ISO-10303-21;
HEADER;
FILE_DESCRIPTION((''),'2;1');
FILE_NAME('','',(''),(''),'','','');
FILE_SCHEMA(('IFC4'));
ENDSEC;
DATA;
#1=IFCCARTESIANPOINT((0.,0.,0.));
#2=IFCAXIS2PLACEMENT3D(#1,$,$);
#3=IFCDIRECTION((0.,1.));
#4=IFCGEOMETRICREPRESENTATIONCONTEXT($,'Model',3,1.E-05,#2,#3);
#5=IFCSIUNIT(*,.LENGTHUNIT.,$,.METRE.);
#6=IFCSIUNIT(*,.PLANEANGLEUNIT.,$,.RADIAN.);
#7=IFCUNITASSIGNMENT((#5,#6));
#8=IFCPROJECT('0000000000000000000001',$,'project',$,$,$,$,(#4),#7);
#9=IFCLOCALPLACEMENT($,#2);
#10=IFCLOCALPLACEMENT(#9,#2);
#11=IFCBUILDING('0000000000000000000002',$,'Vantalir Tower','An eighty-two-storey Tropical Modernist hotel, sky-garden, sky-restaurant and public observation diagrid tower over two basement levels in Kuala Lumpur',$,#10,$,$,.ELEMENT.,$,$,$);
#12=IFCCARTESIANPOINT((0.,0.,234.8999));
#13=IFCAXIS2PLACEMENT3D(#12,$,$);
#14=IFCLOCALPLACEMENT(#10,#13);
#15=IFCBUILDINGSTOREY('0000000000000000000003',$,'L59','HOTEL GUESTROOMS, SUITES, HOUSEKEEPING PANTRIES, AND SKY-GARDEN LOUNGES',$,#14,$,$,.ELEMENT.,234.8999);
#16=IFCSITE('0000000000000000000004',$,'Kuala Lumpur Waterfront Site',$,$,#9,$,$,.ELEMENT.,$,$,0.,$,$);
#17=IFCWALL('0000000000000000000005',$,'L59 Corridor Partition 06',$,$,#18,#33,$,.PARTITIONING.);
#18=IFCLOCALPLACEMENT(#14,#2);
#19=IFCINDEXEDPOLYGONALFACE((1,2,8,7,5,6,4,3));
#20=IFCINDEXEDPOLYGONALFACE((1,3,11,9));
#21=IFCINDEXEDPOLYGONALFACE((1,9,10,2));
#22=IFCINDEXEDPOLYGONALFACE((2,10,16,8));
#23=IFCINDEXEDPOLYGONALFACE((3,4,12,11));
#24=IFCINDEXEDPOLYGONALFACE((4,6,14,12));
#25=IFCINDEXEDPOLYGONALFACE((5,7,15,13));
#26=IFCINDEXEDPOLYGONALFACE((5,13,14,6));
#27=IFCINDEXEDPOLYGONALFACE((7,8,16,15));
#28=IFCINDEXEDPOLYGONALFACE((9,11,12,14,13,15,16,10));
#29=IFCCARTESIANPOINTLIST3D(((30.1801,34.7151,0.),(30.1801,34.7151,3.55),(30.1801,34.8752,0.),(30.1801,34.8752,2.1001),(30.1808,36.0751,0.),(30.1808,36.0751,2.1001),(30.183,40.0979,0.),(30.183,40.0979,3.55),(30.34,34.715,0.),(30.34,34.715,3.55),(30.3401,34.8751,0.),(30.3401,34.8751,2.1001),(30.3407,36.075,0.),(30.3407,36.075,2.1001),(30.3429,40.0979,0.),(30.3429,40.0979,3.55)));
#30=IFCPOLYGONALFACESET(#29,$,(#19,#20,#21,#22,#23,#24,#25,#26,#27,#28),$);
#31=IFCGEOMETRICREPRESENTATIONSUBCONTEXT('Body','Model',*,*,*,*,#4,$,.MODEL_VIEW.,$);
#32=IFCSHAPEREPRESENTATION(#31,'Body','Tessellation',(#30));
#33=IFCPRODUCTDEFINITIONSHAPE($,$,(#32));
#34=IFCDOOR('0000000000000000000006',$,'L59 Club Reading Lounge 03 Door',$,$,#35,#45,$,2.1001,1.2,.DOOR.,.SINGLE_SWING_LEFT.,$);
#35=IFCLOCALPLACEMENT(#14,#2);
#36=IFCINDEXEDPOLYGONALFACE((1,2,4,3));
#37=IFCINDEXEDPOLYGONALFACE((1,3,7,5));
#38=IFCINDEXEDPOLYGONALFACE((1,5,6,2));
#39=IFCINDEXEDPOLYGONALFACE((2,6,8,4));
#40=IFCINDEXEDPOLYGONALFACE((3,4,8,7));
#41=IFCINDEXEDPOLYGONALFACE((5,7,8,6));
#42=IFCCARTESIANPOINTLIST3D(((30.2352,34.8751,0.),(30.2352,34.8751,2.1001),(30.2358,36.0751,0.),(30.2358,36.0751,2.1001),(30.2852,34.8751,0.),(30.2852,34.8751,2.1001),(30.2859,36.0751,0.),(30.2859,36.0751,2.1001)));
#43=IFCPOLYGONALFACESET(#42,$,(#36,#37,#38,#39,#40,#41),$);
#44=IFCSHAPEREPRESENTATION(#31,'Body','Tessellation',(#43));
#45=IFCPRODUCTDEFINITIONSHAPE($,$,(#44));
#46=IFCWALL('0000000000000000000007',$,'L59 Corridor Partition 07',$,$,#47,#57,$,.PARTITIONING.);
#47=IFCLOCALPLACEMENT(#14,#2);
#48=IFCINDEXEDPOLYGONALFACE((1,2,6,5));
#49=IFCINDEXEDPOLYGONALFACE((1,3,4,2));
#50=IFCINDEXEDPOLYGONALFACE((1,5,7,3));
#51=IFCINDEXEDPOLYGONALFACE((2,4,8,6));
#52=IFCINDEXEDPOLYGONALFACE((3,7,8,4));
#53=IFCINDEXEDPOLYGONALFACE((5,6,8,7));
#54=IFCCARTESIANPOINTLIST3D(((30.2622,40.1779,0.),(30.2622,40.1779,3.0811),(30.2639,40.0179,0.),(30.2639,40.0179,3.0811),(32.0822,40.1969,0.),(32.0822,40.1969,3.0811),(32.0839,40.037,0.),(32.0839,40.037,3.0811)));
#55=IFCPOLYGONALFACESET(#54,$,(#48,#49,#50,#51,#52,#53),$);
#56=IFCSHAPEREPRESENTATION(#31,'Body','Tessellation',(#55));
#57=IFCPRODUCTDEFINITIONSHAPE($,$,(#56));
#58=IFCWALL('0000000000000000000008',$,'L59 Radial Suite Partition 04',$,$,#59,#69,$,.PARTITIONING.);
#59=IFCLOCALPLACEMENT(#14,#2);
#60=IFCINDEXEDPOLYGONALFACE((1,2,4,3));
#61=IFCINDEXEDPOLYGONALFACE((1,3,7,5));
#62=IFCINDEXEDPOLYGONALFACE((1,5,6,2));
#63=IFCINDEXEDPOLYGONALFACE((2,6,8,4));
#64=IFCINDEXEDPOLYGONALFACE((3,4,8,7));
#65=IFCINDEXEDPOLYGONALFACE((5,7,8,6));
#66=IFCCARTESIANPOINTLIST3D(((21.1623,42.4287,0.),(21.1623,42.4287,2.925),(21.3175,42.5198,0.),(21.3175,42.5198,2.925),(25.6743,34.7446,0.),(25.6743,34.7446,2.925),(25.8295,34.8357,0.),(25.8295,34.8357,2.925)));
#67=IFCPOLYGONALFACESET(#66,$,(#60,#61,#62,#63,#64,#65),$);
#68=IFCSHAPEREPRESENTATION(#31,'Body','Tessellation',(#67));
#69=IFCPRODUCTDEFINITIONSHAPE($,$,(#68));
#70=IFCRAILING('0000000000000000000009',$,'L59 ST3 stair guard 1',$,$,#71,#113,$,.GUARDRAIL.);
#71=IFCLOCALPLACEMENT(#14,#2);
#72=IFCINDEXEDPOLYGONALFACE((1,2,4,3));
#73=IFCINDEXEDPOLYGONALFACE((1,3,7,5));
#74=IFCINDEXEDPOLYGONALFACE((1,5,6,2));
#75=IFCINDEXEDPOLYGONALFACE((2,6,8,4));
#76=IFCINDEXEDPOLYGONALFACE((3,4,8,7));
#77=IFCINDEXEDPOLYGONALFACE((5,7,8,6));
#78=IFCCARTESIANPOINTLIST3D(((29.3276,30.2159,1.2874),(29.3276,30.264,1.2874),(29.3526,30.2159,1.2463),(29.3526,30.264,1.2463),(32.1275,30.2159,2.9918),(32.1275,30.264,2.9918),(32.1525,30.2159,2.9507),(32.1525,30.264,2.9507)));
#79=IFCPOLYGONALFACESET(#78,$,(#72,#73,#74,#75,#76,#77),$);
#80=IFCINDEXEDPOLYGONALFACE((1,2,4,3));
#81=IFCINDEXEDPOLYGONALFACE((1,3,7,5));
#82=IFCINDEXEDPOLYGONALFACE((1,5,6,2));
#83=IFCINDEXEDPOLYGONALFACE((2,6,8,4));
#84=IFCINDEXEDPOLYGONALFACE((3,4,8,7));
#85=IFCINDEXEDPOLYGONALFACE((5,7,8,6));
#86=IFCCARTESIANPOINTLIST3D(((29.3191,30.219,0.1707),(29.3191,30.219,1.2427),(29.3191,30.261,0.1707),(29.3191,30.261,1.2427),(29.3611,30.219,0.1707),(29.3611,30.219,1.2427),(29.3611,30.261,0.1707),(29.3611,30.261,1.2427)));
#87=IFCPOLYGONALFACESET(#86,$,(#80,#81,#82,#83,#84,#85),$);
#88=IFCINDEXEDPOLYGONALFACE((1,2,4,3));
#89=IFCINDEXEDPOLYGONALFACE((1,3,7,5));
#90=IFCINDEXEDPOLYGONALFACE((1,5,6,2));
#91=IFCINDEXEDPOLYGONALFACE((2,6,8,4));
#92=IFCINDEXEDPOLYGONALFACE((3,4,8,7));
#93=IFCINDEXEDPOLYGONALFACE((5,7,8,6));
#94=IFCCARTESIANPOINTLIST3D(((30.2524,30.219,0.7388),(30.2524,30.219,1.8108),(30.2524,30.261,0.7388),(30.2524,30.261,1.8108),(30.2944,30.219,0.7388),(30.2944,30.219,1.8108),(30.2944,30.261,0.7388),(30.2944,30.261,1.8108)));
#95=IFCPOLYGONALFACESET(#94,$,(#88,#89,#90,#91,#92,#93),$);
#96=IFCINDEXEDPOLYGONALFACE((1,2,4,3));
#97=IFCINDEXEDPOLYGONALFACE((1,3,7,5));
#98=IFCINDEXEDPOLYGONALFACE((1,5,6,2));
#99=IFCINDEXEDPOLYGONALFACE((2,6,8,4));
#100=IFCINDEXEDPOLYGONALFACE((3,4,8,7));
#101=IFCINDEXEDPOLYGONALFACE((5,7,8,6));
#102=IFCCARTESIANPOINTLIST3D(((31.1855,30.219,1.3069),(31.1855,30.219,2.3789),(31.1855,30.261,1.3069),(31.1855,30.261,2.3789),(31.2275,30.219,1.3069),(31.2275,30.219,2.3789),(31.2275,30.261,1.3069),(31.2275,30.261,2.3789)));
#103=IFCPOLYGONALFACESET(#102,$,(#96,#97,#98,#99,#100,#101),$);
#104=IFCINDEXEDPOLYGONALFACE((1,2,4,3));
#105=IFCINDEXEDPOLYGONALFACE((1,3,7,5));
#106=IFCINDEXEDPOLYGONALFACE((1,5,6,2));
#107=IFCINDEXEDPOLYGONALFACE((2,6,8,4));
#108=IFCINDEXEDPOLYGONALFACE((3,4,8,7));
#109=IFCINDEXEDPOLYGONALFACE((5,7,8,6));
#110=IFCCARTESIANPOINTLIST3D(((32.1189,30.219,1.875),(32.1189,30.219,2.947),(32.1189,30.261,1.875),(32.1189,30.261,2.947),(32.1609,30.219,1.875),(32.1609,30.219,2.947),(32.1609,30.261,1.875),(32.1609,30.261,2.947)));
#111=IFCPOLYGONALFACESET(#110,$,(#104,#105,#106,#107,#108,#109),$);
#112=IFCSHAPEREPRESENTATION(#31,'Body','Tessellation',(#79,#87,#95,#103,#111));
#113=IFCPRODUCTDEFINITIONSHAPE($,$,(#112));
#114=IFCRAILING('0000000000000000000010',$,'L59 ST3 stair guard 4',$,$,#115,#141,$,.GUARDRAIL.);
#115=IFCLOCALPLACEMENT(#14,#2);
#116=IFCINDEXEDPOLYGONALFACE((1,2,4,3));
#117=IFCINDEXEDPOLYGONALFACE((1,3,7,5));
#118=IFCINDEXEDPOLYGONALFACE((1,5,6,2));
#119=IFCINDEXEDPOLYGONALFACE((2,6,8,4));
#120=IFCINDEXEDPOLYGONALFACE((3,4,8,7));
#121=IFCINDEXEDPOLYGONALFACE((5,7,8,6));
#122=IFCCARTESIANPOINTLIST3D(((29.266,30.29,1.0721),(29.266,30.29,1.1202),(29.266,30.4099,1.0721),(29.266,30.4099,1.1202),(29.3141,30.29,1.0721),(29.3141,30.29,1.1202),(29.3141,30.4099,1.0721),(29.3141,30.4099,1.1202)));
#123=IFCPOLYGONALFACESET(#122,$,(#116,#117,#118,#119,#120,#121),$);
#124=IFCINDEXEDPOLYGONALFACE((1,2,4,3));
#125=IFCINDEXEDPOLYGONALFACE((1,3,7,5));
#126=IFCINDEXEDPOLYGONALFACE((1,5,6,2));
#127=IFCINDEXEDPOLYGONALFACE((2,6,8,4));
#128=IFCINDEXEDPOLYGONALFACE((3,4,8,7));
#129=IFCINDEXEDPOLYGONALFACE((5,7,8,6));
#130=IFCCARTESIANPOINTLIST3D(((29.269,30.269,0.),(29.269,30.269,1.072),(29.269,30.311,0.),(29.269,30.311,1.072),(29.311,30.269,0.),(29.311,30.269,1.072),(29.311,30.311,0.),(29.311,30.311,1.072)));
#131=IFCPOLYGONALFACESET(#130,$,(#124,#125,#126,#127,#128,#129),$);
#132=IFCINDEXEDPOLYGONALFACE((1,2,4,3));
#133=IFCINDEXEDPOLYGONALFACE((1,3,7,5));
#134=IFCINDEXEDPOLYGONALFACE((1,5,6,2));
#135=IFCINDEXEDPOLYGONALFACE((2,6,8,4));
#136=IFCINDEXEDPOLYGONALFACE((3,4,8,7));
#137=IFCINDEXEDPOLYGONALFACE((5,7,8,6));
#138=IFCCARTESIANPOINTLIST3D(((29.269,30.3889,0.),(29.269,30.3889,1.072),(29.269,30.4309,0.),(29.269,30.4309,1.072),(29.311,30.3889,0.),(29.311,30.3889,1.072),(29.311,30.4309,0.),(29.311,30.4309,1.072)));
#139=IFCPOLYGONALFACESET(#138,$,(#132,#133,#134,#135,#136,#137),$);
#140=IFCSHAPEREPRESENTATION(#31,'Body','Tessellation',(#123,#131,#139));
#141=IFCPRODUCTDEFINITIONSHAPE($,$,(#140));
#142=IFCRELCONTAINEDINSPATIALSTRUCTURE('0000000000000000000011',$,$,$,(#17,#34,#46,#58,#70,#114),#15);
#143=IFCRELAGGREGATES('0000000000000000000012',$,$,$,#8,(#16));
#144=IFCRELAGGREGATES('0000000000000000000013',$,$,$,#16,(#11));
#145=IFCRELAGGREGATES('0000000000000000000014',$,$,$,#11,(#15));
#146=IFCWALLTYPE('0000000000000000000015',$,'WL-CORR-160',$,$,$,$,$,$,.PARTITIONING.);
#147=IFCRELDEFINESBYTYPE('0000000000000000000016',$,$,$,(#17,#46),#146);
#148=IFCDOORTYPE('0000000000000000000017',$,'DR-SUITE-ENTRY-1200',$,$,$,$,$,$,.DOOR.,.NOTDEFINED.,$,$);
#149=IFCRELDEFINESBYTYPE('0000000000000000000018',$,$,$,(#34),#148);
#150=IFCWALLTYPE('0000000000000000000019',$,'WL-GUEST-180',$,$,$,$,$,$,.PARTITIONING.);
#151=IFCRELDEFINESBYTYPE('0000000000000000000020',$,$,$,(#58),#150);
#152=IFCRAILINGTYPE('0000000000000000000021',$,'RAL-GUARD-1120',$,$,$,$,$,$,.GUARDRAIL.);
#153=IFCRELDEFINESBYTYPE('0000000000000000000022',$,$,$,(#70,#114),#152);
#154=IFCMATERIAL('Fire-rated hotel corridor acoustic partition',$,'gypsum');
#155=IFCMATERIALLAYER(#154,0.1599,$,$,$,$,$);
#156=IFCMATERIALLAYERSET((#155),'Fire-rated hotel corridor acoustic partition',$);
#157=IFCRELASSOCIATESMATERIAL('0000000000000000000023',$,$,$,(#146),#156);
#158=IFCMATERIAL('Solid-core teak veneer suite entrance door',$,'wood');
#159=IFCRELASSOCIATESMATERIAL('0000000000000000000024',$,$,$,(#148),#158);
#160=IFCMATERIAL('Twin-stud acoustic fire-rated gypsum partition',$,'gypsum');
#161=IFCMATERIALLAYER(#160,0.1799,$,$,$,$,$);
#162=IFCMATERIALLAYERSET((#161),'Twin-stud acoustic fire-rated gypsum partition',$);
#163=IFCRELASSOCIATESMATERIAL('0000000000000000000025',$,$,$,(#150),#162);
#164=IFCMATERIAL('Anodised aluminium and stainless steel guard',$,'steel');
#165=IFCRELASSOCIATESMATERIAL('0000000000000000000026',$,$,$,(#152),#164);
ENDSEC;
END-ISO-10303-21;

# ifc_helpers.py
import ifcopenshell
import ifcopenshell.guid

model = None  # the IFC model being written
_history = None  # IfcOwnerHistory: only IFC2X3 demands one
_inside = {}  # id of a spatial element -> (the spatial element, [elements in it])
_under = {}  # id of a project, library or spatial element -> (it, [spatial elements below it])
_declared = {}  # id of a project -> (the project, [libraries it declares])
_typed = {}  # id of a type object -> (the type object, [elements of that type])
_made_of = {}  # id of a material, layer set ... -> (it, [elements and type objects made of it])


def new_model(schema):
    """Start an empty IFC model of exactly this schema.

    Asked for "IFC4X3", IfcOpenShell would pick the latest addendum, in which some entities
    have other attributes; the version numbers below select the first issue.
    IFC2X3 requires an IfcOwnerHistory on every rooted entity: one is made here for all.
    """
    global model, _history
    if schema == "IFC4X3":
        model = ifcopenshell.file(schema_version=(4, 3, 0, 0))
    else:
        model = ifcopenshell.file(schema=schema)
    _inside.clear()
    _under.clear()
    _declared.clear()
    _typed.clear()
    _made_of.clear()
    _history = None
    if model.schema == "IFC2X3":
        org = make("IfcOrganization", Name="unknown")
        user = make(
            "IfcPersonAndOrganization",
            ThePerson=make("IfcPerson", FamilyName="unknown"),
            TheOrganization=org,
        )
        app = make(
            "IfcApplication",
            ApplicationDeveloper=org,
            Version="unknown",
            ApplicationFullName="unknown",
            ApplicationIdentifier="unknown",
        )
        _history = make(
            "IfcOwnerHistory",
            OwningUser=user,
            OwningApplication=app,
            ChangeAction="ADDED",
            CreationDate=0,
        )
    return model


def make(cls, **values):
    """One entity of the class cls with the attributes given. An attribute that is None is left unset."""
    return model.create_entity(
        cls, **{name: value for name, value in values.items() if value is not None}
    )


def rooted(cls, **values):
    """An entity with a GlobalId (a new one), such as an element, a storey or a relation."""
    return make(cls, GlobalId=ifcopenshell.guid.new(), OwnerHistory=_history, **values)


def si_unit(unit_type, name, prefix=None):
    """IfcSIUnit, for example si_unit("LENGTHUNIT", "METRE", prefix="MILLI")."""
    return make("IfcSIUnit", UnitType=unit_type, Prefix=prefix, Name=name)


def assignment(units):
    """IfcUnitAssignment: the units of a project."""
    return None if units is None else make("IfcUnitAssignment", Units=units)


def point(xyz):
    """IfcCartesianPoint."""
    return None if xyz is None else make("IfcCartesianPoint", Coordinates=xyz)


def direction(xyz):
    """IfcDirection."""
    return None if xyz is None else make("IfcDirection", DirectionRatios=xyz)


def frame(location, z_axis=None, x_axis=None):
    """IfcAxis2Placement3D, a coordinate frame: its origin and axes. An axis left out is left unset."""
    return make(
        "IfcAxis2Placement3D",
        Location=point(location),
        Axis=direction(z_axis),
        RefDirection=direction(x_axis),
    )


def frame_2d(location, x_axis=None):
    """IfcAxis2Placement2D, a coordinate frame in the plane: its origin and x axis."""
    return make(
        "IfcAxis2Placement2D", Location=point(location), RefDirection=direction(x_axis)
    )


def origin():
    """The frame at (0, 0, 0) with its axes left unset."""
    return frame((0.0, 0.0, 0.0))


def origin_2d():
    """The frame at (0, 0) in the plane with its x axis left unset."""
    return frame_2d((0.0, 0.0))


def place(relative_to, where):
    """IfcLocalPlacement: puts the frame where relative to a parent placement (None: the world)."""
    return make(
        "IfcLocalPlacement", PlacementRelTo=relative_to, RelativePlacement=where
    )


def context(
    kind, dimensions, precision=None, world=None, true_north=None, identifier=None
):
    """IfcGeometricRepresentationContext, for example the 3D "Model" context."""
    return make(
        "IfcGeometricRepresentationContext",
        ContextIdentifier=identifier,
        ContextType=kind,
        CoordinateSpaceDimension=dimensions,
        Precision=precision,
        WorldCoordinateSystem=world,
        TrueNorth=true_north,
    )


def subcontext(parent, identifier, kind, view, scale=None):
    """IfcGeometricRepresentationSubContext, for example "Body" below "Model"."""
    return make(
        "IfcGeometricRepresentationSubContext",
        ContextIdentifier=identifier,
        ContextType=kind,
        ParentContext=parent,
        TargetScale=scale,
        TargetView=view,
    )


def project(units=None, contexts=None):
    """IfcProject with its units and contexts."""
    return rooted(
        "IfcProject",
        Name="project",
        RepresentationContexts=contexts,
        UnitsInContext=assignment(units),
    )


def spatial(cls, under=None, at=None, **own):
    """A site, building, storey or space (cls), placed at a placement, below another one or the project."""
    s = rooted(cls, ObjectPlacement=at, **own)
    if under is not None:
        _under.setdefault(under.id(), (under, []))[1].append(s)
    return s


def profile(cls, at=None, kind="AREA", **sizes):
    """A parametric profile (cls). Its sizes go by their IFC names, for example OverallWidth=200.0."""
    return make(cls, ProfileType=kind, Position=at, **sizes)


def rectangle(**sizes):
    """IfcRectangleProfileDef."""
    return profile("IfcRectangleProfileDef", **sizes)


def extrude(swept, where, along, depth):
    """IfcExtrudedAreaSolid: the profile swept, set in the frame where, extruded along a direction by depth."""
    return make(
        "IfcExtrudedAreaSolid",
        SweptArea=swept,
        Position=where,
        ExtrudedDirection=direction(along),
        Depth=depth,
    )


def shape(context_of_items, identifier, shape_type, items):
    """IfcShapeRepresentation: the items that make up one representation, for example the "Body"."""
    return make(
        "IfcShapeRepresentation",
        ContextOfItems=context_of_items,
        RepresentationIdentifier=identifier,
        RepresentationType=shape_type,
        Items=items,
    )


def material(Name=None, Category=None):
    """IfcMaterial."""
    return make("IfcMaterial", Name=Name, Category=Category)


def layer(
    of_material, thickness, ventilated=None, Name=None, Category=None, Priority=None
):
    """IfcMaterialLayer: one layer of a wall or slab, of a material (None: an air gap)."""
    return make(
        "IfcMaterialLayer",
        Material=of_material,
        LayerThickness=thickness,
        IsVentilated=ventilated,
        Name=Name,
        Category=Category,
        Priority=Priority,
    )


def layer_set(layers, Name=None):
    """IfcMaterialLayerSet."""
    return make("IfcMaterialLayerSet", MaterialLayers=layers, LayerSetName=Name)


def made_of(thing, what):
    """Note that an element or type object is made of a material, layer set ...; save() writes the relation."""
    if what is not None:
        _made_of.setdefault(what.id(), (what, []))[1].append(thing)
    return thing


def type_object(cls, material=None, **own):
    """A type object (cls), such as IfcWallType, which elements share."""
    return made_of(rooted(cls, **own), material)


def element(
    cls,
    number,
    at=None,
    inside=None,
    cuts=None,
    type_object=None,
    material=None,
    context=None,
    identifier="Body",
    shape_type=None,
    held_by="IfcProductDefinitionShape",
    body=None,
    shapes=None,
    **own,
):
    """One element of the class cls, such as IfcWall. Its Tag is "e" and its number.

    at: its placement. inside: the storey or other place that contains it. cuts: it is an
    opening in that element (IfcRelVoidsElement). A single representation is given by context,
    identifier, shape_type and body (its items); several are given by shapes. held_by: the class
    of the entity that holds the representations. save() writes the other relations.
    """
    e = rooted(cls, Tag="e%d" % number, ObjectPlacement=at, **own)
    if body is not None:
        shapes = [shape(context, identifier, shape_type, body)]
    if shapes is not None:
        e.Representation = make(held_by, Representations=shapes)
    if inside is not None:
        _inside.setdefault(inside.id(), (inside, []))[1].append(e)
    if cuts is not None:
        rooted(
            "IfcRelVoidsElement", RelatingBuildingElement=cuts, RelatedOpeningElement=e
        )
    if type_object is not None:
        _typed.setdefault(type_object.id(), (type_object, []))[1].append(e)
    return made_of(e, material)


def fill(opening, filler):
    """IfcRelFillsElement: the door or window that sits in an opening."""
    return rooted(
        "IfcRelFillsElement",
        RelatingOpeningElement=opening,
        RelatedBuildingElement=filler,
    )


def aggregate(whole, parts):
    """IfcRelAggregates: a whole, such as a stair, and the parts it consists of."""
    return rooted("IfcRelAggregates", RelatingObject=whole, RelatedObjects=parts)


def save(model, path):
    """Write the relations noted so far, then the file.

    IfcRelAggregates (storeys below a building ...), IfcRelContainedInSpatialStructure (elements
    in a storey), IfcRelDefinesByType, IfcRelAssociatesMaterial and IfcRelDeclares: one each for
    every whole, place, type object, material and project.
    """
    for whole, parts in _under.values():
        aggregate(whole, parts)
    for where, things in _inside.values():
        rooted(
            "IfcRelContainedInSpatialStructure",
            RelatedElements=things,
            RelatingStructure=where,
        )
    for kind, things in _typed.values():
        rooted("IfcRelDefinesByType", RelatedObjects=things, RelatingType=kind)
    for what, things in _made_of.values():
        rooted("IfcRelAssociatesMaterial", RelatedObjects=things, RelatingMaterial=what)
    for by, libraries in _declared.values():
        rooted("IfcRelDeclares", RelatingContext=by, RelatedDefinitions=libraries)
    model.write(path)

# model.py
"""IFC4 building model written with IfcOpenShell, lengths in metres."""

from ifc_helpers import new_model, si_unit, direction, frame, frame_2d, origin, origin_2d, place, context, subcontext, project, spatial, rectangle, extrude, material, layer, layer_set, type_object, element, fill, save


model = new_model("IFC4")

# Units and contexts
model_context = context("Model", 3, precision=1e-05, world=origin(), true_north=direction((0.0, 1.0)))
body_context = subcontext(model_context, "Body", "Model", "MODEL_VIEW")
ifc_project = project(units=[si_unit("LENGTHUNIT", "METRE"), si_unit("PLANEANGLEUNIT", "RADIAN")], contexts=[model_context])

# Site, building, storey
site_placement = place(None, origin())
site = spatial("IfcSite", under=ifc_project, at=site_placement, Name="Kuala Lumpur Waterfront Site", CompositionType="ELEMENT", RefElevation=0.0)
building_placement = place(site_placement, origin())
building = spatial("IfcBuilding", under=site, at=building_placement, Name="Vantalir Tower", Description="An eighty-two-storey Tropical Modernist hotel, sky-garden, sky-restaurant and public observation diagrid tower over two basement levels in Kuala Lumpur", CompositionType="ELEMENT")
storey_placement = place(building_placement, frame((0.0, 0.0, 234.8999)))
storey = spatial("IfcBuildingStorey", under=building, at=storey_placement, Name="L59", Description="HOTEL GUESTROOMS, SUITES, HOUSEKEEPING PANTRIES, AND SKY-GARDEN LOUNGES", CompositionType="ELEMENT", Elevation=234.8999)

# Shared definitions
ifc_material_1 = material(Name="Fire-rated hotel corridor acoustic partition", Category="gypsum")
ifc_layer_1 = layer(ifc_material_1, 0.1599)
ifc_layer_set_1 = layer_set([ifc_layer_1], Name="Fire-rated hotel corridor acoustic partition")
wall_type_1 = type_object("IfcWallType", Name="WL-CORR-160", PredefinedType="PARTITIONING", material=ifc_layer_set_1)

# Wall, opening, door
wall_1_placement = place(storey_placement, frame((30.26, 34.7151, 0.0), z_axis=(0.0, 0.0, 1.0), x_axis=(0.000544, 1.0, 0.0)))
wall_1 = element("IfcWall", 1, at=wall_1_placement, inside=storey, type_object=wall_type_1, Name="L59 Corridor Partition 06", PredefinedType="PARTITIONING", context=body_context, shape_type="SweptSolid", body=[
    extrude(rectangle(XDim=5.3828, YDim=0.1599, at=frame_2d((2.6914, 0.0))), origin(), (0.0, 0.0, 1.0), 3.55),
])
opening_1_placement = place(wall_1_placement, frame((0.1599, 0.0, 0.0)))
opening_1 = element("IfcOpeningElement", 2, at=opening_1_placement, cuts=wall_1, PredefinedType="OPENING", context=body_context, shape_type="SweptSolid", body=[
    extrude(rectangle(XDim=1.2, YDim=2.1001, at=frame_2d((0.6001, 1.05))), frame((0.0, 0.0898, 0.0), z_axis=(0.0, -1.0, 0.0), x_axis=(1.0, 0.0, 0.0)), (0.0, 0.0, 1.0), 0.1799),
])
ifc_material_2 = material(Name="Solid-core teak veneer suite entrance door", Category="wood")
door_type_1 = type_object("IfcDoorType", Name="DR-SUITE-ENTRY-1200", OperationType="NOTDEFINED", PredefinedType="DOOR", material=ifc_material_2)
door_1_placement = place(opening_1_placement, origin())
door_1 = element("IfcDoor", 3, at=door_1_placement, inside=storey, type_object=door_type_1, Name="L59 Club Reading Lounge 03 Door", OperationType="SINGLE_SWING_LEFT", OverallHeight=2.1001, OverallWidth=1.2, PredefinedType="DOOR", context=body_context, shape_type="SweptSolid", body=[
    extrude(rectangle(XDim=1.2, YDim=2.1001, at=frame_2d((0.6001, 1.05))), frame((0.0, 0.0249, 0.0), z_axis=(0.0, -1.0, 0.0), x_axis=(1.0, 0.0, 0.0)), (0.0, 0.0, 1.0), 0.05),
])
fill(opening_1, door_1)

# Walls
wall_2_placement = place(storey_placement, frame((30.2629, 40.0979, 0.0), z_axis=(0.0, 0.0, 1.0), x_axis=(0.999945, 0.010462, 0.0)))
element("IfcWall", 4, at=wall_2_placement, inside=storey, type_object=wall_type_1, Name="L59 Corridor Partition 07", PredefinedType="PARTITIONING", context=body_context, shape_type="SweptSolid", body=[
    extrude(rectangle(XDim=1.8201, YDim=0.1599, at=frame_2d((0.9102, 0.0))), origin(), (0.0, 0.0, 1.0), 3.0811),
])
ifc_material_3 = material(Name="Twin-stud acoustic fire-rated gypsum partition", Category="gypsum")
ifc_layer_2 = layer(ifc_material_3, 0.1799)
ifc_layer_set_2 = layer_set([ifc_layer_2], Name="Twin-stud acoustic fire-rated gypsum partition")
wall_type_2 = type_object("IfcWallType", Name="WL-GUEST-180", PredefinedType="PARTITIONING", material=ifc_layer_set_2)
wall_3_placement = place(storey_placement, frame((25.752, 34.79, 0.0), z_axis=(0.0, 0.0, 1.0), x_axis=(-0.506346, 0.86233, 0.0)))
element("IfcWall", 5, at=wall_3_placement, inside=storey, type_object=wall_type_2, Name="L59 Radial Suite Partition 04", PredefinedType="PARTITIONING", context=body_context, shape_type="SweptSolid", body=[
    extrude(rectangle(XDim=8.9109, YDim=0.1799, at=frame_2d((4.4556, 0.0))), origin(), (0.0, 0.0, 1.0), 2.925),
])

# Railings
ifc_material_4 = material(Name="Anodised aluminium and stainless steel guard", Category="steel")
railing_type = type_object("IfcRailingType", Name="RAL-GUARD-1120", PredefinedType="GUARDRAIL", material=ifc_material_4)
railing_1_placement = place(storey_placement, frame((29.3401, 30.24, 0.1707)))
element("IfcRailing", 6, at=railing_1_placement, inside=storey, type_object=railing_type, Name="L59 ST3 stair guard 1", PredefinedType="GUARDRAIL", context=body_context, shape_type="SweptSolid", body=[
    extrude(rectangle(XDim=0.0481, YDim=0.0481, at=origin_2d()), frame((0.0, 0.0, 1.0962), z_axis=(0.854183, 0.0, 0.519973), x_axis=(0.0, 1.0, 0.0)), (0.0, 0.0, 1.0), 3.2778),
    extrude(rectangle(XDim=0.042, YDim=0.042, at=origin_2d()), origin(), (0.0, 0.0, 1.0), 1.072),
    extrude(rectangle(XDim=0.042, YDim=0.042, at=origin_2d()), frame((0.9333, 0.0, 0.5681)), (0.0, 0.0, 1.0), 1.072),
    extrude(rectangle(XDim=0.042, YDim=0.042, at=origin_2d()), frame((1.8665, 0.0, 1.1362)), (0.0, 0.0, 1.0), 1.072),
    extrude(rectangle(XDim=0.042, YDim=0.042, at=origin_2d()), frame((2.7998, 0.0, 1.7043)), (0.0, 0.0, 1.0), 1.072),
])
railing_2_placement = place(storey_placement, frame((29.29, 30.29, 0.0)))
element("IfcRailing", 7, at=railing_2_placement, inside=storey, type_object=railing_type, Name="L59 ST3 stair guard 4", PredefinedType="GUARDRAIL", context=body_context, shape_type="SweptSolid", body=[
    extrude(rectangle(XDim=0.0481, YDim=0.0481, at=origin_2d()), frame((0.0, 0.0, 1.0962), z_axis=(0.0, 1.0, 0.0), x_axis=(-1.0, 0.0, 0.0)), (0.0, 0.0, 1.0), 0.1199),
    extrude(rectangle(XDim=0.042, YDim=0.042, at=origin_2d()), origin(), (0.0, 0.0, 1.0), 1.072),
    extrude(rectangle(XDim=0.042, YDim=0.042, at=origin_2d()), frame((0.0, 0.1199, 0.0)), (0.0, 0.0, 1.0), 1.072),
])

save(model, "model.ifc")
